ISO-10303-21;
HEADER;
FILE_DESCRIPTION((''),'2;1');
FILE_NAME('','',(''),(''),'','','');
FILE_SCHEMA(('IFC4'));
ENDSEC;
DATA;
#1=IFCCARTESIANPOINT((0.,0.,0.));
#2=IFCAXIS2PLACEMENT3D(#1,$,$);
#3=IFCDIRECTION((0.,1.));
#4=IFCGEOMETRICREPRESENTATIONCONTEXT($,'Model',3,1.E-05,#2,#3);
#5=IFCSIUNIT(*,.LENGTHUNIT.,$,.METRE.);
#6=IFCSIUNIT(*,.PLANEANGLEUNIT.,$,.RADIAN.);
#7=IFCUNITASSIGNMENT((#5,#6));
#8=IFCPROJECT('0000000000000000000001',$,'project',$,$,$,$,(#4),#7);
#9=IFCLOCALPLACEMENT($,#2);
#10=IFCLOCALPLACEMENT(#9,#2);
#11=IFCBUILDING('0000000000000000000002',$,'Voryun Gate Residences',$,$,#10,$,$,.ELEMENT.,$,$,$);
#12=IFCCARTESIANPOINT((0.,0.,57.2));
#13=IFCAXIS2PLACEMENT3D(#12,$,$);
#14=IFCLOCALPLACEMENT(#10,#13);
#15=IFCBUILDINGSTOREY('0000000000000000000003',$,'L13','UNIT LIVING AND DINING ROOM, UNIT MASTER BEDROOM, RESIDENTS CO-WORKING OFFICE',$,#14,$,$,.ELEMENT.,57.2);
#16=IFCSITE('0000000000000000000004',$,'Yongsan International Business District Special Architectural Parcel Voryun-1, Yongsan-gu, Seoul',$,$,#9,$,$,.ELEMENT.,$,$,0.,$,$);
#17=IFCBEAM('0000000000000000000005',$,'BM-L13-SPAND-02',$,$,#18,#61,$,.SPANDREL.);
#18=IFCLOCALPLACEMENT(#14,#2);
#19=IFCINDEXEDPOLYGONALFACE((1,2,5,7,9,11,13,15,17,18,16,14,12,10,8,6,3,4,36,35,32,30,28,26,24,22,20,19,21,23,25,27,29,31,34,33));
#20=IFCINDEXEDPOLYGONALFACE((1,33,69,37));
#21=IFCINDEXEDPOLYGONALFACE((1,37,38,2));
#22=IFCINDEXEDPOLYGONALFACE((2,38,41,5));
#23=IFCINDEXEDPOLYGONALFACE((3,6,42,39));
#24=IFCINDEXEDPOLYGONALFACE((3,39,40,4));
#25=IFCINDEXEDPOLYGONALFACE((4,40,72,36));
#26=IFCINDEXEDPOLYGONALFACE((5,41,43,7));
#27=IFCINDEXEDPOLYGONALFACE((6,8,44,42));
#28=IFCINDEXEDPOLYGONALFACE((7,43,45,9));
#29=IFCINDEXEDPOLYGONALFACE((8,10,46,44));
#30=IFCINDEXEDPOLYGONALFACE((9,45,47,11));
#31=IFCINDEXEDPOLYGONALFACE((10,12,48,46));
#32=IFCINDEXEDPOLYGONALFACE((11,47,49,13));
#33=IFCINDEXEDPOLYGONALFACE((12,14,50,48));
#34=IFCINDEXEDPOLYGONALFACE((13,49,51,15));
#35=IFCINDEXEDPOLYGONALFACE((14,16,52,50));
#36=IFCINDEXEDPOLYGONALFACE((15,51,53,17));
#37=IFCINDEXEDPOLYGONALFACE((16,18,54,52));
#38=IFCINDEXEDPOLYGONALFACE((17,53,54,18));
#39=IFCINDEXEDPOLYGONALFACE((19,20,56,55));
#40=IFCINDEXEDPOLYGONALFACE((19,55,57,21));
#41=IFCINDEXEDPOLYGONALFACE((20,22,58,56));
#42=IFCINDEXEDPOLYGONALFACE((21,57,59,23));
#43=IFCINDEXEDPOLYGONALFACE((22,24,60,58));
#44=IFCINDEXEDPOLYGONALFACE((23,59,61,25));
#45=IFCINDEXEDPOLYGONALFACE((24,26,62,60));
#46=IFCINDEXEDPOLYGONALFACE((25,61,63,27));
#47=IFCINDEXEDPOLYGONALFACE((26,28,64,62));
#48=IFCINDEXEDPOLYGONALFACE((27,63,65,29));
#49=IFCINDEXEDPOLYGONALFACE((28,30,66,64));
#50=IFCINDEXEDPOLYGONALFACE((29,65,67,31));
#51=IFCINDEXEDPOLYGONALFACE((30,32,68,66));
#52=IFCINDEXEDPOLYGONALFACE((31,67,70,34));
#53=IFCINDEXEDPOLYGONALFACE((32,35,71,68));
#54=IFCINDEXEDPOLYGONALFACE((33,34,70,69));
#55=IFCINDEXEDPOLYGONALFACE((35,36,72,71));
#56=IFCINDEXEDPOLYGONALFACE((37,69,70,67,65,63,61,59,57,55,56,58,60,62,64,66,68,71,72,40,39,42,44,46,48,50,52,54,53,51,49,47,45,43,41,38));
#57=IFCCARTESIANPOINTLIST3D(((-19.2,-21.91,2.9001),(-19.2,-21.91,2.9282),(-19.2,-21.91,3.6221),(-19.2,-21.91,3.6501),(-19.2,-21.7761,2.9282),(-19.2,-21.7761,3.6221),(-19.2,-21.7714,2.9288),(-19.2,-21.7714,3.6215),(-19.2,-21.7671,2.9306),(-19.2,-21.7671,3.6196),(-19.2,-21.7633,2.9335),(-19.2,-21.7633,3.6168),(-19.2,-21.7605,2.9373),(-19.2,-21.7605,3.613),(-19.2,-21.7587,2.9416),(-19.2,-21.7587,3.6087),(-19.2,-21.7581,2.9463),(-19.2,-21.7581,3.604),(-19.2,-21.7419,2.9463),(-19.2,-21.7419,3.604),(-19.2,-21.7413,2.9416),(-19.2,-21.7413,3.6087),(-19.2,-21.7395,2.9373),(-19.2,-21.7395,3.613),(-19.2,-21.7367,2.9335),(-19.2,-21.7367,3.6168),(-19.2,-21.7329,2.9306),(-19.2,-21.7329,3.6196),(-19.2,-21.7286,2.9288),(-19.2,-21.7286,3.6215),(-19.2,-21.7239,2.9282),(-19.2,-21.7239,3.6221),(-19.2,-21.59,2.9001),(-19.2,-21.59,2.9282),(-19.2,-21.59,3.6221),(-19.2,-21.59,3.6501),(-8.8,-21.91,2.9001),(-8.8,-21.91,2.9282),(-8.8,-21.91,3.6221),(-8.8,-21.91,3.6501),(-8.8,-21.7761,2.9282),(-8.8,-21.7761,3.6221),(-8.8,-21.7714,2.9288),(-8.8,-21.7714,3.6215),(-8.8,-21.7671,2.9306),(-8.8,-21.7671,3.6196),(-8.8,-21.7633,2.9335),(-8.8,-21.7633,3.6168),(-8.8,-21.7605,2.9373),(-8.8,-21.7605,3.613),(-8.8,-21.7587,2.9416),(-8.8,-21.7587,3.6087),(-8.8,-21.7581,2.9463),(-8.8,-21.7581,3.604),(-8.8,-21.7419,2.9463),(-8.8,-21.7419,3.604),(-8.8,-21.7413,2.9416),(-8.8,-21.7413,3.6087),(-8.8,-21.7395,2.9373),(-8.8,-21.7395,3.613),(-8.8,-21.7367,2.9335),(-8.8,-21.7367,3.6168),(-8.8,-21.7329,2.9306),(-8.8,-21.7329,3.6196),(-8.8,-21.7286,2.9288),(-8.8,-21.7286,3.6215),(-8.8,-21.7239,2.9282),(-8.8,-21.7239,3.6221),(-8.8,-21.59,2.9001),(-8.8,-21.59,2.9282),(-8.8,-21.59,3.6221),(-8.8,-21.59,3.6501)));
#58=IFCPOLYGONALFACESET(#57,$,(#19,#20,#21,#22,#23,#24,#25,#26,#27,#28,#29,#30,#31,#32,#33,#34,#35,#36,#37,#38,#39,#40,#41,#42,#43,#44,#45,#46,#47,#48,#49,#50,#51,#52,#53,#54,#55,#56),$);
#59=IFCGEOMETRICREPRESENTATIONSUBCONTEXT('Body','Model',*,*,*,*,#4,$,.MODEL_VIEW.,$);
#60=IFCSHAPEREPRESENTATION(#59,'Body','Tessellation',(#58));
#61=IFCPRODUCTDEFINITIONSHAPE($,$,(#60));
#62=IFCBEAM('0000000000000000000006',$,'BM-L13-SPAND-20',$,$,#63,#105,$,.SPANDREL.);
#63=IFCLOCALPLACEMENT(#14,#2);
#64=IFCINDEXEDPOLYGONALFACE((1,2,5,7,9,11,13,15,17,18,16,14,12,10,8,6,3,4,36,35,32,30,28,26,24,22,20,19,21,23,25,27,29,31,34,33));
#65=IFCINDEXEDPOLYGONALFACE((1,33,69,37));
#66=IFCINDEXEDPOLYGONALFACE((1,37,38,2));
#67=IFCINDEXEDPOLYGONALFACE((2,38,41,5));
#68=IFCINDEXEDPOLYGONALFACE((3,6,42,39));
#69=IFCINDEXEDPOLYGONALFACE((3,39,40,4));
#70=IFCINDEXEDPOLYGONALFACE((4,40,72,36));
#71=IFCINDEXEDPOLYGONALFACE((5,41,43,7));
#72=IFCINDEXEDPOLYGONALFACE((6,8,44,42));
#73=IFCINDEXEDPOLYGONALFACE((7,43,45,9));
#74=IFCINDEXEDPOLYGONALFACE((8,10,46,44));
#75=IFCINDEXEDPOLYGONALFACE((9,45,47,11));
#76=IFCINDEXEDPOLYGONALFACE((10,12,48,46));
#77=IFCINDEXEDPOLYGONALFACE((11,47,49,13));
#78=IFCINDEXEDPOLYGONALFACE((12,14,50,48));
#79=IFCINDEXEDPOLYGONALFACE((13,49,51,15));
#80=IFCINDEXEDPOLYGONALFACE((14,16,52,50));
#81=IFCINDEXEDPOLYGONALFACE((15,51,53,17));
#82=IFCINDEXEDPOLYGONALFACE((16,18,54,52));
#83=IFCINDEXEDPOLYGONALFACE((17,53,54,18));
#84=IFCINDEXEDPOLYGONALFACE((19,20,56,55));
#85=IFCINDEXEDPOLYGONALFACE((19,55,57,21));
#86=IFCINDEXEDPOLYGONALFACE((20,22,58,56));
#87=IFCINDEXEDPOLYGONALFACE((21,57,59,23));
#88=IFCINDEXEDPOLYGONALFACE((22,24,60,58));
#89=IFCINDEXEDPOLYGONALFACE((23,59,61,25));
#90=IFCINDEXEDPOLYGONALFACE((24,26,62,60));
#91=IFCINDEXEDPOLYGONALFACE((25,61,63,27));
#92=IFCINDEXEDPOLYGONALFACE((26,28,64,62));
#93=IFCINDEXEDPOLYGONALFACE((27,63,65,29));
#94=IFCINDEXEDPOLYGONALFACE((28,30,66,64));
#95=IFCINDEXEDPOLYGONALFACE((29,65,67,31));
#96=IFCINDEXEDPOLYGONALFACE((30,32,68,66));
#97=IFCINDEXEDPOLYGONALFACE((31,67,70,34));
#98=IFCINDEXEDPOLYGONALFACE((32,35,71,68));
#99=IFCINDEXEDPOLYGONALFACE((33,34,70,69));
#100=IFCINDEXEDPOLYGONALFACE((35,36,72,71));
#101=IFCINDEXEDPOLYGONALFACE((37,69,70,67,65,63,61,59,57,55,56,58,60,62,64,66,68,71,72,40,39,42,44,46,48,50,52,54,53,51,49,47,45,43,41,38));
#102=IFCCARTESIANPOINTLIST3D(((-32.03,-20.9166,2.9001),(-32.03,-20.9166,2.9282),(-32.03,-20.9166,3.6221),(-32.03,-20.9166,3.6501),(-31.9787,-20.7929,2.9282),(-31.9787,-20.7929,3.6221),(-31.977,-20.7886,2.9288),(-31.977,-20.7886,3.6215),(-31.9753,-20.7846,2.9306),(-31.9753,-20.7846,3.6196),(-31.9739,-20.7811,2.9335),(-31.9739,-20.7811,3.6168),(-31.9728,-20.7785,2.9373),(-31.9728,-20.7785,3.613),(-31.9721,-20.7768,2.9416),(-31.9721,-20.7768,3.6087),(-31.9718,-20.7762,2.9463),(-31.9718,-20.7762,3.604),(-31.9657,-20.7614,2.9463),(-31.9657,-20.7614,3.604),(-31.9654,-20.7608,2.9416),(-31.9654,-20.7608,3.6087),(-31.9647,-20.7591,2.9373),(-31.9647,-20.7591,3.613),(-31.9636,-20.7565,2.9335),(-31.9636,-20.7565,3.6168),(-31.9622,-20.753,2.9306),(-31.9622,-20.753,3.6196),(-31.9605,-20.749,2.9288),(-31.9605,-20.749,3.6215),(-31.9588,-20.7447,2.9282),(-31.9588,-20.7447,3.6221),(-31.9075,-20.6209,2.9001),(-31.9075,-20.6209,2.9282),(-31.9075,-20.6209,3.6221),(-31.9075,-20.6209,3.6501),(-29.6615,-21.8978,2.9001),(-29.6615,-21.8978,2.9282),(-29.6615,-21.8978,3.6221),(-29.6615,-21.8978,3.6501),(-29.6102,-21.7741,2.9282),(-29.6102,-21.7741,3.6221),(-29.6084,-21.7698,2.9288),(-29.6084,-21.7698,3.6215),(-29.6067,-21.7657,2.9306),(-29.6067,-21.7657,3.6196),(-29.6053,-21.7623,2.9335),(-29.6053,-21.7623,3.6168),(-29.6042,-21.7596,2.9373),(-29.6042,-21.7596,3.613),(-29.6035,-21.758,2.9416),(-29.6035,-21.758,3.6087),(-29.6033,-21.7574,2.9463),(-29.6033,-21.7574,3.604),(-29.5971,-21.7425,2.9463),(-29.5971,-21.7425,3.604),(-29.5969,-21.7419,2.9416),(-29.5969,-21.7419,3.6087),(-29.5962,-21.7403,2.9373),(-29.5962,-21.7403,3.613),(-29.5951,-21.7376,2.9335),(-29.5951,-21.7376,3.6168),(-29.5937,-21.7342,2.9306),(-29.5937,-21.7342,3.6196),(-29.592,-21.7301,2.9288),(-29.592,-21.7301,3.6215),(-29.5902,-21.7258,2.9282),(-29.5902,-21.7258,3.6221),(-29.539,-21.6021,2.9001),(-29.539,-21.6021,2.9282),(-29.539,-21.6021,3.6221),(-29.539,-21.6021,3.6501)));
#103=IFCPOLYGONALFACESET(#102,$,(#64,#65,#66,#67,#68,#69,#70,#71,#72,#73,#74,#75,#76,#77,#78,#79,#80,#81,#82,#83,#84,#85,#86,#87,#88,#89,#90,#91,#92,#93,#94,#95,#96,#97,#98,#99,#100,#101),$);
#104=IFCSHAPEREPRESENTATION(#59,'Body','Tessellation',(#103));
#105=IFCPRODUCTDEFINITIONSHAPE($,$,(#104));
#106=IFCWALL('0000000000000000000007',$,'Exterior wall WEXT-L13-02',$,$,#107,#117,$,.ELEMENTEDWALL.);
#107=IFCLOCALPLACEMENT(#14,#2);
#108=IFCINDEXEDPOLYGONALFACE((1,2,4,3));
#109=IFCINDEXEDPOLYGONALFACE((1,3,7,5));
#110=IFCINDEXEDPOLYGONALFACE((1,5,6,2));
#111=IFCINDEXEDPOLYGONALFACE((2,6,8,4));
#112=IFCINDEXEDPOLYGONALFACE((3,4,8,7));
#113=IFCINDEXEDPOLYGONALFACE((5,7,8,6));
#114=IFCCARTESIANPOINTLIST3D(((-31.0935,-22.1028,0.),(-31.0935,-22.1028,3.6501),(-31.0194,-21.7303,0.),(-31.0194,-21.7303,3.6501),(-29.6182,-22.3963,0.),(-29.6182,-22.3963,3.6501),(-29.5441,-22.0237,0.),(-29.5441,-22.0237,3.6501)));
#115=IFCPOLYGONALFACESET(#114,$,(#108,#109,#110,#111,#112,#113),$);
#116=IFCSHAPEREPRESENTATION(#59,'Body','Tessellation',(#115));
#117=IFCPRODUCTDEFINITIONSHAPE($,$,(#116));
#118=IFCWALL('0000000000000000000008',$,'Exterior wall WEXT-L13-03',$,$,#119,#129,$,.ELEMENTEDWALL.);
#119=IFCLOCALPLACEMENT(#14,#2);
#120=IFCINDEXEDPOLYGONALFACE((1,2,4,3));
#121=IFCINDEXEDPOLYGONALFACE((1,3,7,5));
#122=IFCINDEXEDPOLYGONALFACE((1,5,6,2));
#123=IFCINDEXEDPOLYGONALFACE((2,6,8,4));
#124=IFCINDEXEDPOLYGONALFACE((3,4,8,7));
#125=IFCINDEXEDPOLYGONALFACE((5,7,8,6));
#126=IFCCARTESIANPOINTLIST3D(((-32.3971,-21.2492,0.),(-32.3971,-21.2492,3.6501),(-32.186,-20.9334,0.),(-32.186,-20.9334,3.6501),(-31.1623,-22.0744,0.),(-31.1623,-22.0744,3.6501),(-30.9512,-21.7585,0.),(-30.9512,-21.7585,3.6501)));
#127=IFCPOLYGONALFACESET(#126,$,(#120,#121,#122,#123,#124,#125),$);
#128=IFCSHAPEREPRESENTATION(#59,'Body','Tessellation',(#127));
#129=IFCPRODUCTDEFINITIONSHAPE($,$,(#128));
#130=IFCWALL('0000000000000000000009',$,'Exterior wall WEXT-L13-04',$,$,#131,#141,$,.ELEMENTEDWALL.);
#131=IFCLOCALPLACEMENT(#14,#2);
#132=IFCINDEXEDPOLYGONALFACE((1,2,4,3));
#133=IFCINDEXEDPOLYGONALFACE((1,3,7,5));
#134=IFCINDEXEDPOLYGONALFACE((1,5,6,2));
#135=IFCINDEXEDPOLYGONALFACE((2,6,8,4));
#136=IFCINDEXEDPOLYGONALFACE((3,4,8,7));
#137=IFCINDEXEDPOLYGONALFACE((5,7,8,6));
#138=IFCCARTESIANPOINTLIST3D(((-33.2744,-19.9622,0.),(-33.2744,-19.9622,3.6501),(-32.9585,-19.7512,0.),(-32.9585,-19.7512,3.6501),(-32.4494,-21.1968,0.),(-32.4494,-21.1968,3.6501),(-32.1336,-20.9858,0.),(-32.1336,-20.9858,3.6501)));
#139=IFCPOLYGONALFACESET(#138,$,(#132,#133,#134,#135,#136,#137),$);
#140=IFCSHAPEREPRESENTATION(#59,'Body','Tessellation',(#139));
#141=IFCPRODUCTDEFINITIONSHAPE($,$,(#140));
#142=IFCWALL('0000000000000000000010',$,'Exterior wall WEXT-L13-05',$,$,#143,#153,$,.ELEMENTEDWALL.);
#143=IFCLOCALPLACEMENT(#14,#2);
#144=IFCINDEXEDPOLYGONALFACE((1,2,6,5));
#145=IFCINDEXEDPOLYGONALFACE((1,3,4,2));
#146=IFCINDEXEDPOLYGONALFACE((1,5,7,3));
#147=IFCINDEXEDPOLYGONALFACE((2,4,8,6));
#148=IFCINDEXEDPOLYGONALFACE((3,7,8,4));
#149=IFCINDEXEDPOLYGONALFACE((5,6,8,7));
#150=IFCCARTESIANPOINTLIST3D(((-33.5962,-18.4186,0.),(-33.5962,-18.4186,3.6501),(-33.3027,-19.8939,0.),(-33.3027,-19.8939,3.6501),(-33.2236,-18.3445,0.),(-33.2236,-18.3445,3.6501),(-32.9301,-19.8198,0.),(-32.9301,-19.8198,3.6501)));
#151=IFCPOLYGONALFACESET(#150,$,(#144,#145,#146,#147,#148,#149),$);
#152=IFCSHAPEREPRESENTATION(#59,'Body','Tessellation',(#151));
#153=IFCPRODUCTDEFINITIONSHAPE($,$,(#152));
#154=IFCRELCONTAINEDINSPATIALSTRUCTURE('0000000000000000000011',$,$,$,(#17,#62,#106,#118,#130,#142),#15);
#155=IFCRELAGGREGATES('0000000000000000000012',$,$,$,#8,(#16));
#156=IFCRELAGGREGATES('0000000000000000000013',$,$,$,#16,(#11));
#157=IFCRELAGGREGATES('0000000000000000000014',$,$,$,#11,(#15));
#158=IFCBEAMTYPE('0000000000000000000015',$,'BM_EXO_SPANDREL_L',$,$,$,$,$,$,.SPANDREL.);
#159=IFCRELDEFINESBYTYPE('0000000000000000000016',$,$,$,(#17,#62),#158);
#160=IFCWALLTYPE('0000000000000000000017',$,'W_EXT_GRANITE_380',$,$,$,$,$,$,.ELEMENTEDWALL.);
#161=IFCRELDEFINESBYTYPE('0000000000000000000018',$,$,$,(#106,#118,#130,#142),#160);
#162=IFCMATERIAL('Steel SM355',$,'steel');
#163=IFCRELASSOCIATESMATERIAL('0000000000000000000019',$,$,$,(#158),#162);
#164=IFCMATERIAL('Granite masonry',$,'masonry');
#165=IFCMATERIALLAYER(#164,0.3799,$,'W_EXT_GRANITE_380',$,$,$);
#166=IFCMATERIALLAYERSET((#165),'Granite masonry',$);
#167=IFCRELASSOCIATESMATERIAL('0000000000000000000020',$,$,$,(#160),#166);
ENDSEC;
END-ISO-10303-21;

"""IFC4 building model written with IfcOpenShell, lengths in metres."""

from ifc_helpers import new_model, si_unit, direction, frame, frame_2d, origin, origin_2d, place, context, subcontext, project, spatial, rectangle, i_section, extrude, material, layer, layer_set, material_profile, profile_set, type_object, element, save


model = new_model("IFC4")

# Units and contexts
model_context = context("Model", 3, precision=1e-05, world=origin(), true_north=direction((0.0, 1.0)))
body_context = subcontext(model_context, "Body", "Model", "MODEL_VIEW")
ifc_project = project(units=[si_unit("LENGTHUNIT", "METRE"), si_unit("PLANEANGLEUNIT", "RADIAN")], contexts=[model_context])

# Site, building, storey
site_placement = place(None, origin())
site = spatial("IfcSite", under=ifc_project, at=site_placement, Name="Yongsan International Business District Special Architectural Parcel Voryun-1, Yongsan-gu, Seoul", CompositionType="ELEMENT", RefElevation=0.0)
building_placement = place(site_placement, origin())
building = spatial("IfcBuilding", under=site, at=building_placement, Name="Voryun Gate Residences", CompositionType="ELEMENT")
storey_placement = place(building_placement, frame((0.0, 0.0, 57.2)))
storey = spatial("IfcBuildingStorey", under=building, at=storey_placement, Name="L13", Description="UNIT LIVING AND DINING ROOM, UNIT MASTER BEDROOM, RESIDENTS CO-WORKING OFFICE", CompositionType="ELEMENT", Elevation=57.2)

# Beams
ifc_material_1 = material(Name="Steel SM355", Category="steel")
ifc_material_profile_1 = material_profile(ifc_material_1, i_section(OverallWidth=0.3201, OverallDepth=0.75, WebThickness=0.0161, FlangeThickness=0.0281, FilletRadius=0.0181, at=origin_2d()), Name="H-750x320x16x28")
ifc_profile_set_1 = profile_set([ifc_material_profile_1], Name="Steel SM355")
beam_type = type_object("IfcBeamType", Name="BM_EXO_SPANDREL_L", PredefinedType="SPANDREL", material=ifc_profile_set_1)
beam_1_placement = place(storey_placement, frame((-19.2, -21.75, 3.2751), z_axis=(1.0, 0.0, 0.0), x_axis=(0.0, 1.0, 0.0)))
element("IfcBeam", 1, at=beam_1_placement, inside=storey, type_object=beam_type, Name="BM-L13-SPAND-02", PredefinedType="SPANDREL", context=body_context, shape_type="SweptSolid", body=[
    extrude(i_section(OverallWidth=0.3201, OverallDepth=0.75, WebThickness=0.0161, FlangeThickness=0.0281, FilletRadius=0.0181, at=origin_2d()), origin(), (0.0, 0.0, 1.0), 10.3999),
])
beam_2_placement = place(storey_placement, frame((-31.9688, -20.7688, 3.2751), z_axis=(0.923869, -0.382708, 0.0), x_axis=(0.382708, 0.923869, 0.0)))
element("IfcBeam", 2, at=beam_2_placement, inside=storey, type_object=beam_type, Name="BM-L13-SPAND-20", PredefinedType="SPANDREL", context=body_context, shape_type="SweptSolid", body=[
    extrude(i_section(OverallWidth=0.3201, OverallDepth=0.75, WebThickness=0.0161, FlangeThickness=0.0281, FilletRadius=0.0181, at=origin_2d()), origin(), (0.0, 0.0, 1.0), 2.5637),
])

# Walls
ifc_material_2 = material(Name="Granite masonry", Category="masonry")
ifc_layer_1 = layer(ifc_material_2, 0.3799, Name="W_EXT_GRANITE_380")
ifc_layer_set_1 = layer_set([ifc_layer_1], Name="Granite masonry")
wall_type_1 = type_object("IfcWallType", Name="W_EXT_GRANITE_380", PredefinedType="ELEMENTEDWALL", material=ifc_layer_set_1)
wall_1_placement = place(storey_placement, frame((-29.5813, -22.21, 0.0), z_axis=(0.0, 0.0, 1.0), x_axis=(-0.980786, 0.195086, 0.0)))
element("IfcWall", 3, at=wall_1_placement, inside=storey, type_object=wall_type_1, Name="Exterior wall WEXT-L13-02", PredefinedType="ELEMENTEDWALL", context=body_context, shape_type="SweptSolid", body=[
    extrude(rectangle(XDim=1.5042, YDim=0.3799, at=frame_2d((0.752, 0.0))), origin(), (0.0, 0.0, 1.0), 3.6501),
])
wall_2_placement = place(storey_placement, frame((-31.0566, -21.9165, 0.0), z_axis=(0.0, 0.0, 1.0), x_axis=(-0.831443, 0.55561, 0.0)))
element("IfcWall", 4, at=wall_2_placement, inside=storey, type_object=wall_type_1, Name="Exterior wall WEXT-L13-03", PredefinedType="ELEMENTEDWALL", context=body_context, shape_type="SweptSolid", body=[
    extrude(rectangle(XDim=1.4851, YDim=0.3799, at=frame_2d((0.7427, 0.0))), origin(), (0.0, 0.0, 1.0), 3.6501),
])
wall_3_placement = place(storey_placement, frame((-32.2915, -21.0913, 0.0), z_axis=(0.0, 0.0, 1.0), x_axis=(-0.555573, 0.831468, 0.0)))
element("IfcWall", 5, at=wall_3_placement, inside=storey, type_object=wall_type_1, Name="Exterior wall WEXT-L13-04", PredefinedType="ELEMENTEDWALL", context=body_context, shape_type="SweptSolid", body=[
    extrude(rectangle(XDim=1.4849, YDim=0.3799, at=frame_2d((0.7424, 0.0))), origin(), (0.0, 0.0, 1.0), 3.6501),
])
wall_4_placement = place(storey_placement, frame((-33.1165, -19.8567, 0.0), z_axis=(0.0, 0.0, 1.0), x_axis=(-0.195086, 0.980786, 0.0)))
element("IfcWall", 6, at=wall_4_placement, inside=storey, type_object=wall_type_1, Name="Exterior wall WEXT-L13-05", PredefinedType="ELEMENTEDWALL", context=body_context, shape_type="SweptSolid", body=[
    extrude(rectangle(XDim=1.5042, YDim=0.3799, at=frame_2d((0.752, 0.0))), origin(), (0.0, 0.0, 1.0), 3.6501),
])

save(model, "model.ifc")
